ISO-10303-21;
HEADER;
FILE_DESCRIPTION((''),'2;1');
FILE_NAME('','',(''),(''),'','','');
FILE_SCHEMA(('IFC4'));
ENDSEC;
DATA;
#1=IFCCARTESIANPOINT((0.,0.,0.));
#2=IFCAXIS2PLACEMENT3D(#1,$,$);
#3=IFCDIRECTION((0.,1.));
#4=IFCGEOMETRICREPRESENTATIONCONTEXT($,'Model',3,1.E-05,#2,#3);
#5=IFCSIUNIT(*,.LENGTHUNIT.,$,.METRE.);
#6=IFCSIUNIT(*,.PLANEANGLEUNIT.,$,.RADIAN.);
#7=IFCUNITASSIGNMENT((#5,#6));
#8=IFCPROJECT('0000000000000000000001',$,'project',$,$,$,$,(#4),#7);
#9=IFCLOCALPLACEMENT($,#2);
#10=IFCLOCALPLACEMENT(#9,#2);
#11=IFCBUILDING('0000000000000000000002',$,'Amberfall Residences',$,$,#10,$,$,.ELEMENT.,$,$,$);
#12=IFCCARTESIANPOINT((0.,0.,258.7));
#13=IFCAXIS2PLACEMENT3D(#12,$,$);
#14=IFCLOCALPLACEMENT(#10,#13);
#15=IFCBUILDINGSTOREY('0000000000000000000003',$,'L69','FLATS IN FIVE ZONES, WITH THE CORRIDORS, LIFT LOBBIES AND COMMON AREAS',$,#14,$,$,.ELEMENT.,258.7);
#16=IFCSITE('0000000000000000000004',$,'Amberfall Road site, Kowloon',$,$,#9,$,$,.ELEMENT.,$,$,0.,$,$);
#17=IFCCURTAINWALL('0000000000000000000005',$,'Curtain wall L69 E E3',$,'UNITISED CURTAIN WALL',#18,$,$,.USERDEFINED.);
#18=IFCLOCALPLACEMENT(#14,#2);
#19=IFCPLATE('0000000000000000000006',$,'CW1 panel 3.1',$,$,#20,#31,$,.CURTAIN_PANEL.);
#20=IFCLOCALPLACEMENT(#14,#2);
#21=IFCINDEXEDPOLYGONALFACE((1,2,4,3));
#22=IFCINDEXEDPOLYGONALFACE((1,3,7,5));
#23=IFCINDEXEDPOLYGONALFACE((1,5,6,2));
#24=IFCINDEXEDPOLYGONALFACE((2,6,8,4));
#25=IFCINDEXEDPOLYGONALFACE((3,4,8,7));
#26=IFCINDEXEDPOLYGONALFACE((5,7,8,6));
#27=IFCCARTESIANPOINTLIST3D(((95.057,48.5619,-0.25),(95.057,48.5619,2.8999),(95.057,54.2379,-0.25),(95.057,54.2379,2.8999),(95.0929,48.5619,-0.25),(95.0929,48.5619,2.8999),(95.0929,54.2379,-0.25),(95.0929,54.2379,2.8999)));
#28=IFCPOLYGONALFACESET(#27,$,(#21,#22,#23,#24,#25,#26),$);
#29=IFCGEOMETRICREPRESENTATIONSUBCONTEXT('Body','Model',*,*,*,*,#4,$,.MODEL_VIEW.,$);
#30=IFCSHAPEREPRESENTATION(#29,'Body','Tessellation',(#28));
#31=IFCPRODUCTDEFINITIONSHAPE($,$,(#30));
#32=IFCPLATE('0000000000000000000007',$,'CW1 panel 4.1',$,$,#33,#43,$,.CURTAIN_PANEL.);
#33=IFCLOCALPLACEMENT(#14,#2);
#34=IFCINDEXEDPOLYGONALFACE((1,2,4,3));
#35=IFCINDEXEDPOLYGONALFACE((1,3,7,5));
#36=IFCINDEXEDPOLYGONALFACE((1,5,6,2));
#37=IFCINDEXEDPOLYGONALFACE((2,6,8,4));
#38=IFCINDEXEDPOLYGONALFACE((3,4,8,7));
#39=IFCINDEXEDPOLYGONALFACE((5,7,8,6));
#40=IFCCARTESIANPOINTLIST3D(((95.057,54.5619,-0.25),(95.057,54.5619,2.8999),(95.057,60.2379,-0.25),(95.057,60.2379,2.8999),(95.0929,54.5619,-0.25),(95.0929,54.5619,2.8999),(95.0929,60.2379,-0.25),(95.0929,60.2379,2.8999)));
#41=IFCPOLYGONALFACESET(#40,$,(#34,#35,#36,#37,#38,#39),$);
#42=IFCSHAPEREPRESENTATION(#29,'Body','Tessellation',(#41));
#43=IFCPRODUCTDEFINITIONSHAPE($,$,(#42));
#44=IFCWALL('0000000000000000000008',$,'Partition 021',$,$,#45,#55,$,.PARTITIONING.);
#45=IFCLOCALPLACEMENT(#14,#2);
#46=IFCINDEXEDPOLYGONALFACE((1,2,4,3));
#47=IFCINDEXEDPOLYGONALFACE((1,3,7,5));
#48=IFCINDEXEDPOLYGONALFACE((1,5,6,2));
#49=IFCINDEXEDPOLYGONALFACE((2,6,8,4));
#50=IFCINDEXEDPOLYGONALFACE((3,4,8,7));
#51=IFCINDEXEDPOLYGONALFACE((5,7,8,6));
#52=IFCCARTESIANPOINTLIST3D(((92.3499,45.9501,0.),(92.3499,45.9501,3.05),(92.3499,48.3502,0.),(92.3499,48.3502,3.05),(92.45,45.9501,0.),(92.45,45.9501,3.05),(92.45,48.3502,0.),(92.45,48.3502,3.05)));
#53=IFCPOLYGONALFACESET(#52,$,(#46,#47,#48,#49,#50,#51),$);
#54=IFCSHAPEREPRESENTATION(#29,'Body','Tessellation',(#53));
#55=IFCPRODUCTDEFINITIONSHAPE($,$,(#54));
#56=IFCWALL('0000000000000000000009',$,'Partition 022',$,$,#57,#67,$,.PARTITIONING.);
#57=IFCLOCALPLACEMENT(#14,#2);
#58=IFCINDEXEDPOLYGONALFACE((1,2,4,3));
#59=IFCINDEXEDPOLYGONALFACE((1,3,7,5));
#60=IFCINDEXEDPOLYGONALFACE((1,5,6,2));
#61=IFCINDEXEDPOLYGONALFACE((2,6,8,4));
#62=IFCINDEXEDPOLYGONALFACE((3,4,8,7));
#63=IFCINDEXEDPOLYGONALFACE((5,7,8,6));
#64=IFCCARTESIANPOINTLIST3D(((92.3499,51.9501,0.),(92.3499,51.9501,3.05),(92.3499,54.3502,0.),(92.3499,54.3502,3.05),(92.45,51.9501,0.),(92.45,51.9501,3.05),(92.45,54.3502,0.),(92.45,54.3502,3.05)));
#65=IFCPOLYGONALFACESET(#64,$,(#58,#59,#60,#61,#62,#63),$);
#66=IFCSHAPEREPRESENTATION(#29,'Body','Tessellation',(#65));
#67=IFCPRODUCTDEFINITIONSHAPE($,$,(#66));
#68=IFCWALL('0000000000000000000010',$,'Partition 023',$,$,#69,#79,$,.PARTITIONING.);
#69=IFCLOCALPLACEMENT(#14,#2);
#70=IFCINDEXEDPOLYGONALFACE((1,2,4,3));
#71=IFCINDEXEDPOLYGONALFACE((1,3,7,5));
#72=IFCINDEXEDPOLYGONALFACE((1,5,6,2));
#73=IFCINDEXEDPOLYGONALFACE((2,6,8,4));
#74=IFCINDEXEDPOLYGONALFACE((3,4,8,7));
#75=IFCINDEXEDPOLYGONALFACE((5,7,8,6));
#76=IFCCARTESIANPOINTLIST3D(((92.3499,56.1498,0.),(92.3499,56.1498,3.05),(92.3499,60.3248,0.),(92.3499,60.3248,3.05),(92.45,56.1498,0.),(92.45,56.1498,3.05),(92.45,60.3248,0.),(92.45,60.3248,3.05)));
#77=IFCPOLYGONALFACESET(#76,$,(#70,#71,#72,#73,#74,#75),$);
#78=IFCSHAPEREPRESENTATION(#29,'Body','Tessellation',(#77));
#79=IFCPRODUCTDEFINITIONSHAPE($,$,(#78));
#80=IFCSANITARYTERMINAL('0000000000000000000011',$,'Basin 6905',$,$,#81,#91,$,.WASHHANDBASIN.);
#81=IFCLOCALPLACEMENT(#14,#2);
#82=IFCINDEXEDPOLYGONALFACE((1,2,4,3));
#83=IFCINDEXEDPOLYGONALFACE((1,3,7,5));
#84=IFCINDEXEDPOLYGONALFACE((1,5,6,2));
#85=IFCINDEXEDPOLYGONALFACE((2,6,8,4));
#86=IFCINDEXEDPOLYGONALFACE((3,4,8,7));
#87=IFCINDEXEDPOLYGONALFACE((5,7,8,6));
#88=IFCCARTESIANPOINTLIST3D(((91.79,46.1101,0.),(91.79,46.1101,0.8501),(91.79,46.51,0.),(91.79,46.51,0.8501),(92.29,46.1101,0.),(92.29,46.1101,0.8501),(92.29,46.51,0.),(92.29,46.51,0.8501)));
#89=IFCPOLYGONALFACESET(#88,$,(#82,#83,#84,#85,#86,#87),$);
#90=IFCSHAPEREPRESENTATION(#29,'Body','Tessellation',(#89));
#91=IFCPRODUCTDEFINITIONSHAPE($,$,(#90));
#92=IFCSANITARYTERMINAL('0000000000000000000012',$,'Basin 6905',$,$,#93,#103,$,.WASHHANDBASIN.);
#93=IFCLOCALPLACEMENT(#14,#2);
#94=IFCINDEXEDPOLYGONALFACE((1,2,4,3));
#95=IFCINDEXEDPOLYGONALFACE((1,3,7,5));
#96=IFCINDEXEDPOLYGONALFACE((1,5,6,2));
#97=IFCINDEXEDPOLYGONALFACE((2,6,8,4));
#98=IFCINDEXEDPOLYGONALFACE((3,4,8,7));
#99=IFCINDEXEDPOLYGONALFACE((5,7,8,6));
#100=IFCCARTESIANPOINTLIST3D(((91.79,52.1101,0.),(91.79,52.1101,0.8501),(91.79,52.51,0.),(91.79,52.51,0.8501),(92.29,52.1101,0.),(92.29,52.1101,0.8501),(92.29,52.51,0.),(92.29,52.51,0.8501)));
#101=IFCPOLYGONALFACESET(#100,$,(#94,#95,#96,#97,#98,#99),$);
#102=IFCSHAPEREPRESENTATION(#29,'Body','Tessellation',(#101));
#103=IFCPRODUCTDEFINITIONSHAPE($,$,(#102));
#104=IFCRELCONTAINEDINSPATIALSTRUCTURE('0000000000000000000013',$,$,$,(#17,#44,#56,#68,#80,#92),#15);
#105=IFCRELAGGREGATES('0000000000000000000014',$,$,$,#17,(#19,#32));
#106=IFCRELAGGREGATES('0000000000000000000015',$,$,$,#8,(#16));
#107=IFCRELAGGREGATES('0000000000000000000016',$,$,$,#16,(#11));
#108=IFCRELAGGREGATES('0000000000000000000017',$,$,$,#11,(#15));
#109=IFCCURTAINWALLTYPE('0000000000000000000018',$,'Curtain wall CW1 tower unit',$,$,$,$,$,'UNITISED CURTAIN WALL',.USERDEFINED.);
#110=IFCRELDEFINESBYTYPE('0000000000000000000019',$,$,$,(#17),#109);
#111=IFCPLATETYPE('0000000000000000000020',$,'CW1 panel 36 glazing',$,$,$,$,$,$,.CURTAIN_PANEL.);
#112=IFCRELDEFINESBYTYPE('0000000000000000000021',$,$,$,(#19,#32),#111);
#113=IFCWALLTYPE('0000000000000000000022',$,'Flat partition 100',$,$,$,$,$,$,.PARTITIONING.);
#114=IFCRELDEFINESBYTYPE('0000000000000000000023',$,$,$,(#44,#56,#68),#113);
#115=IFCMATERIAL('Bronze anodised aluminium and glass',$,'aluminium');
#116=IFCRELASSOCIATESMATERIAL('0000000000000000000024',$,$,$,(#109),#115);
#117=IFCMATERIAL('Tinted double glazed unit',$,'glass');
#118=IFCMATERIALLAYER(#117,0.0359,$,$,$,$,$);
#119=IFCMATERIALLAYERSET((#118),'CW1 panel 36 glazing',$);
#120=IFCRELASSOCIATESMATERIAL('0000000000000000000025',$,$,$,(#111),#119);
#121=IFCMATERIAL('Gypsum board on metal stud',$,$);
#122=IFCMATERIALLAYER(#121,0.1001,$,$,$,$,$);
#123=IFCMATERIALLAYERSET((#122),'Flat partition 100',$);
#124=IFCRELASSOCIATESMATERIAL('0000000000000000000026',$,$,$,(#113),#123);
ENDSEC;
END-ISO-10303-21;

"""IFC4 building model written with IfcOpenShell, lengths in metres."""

from ifc_helpers import new_model, si_unit, direction, frame, frame_2d, origin, origin_2d, place, context, subcontext, project, spatial, rectangle, extrude, material, layer, layer_set, type_object, element, aggregate, save


model = new_model("IFC4")

# Units and contexts
model_context = context("Model", 3, precision=1e-05, world=origin(), true_north=direction((0.0, 1.0)))
body_context = subcontext(model_context, "Body", "Model", "MODEL_VIEW")
ifc_project = project(units=[si_unit("LENGTHUNIT", "METRE"), si_unit("PLANEANGLEUNIT", "RADIAN")], contexts=[model_context])

# Site, building, storey
site_placement = place(None, origin())
site = spatial("IfcSite", under=ifc_project, at=site_placement, Name="Amberfall Road site, Kowloon", CompositionType="ELEMENT", RefElevation=0.0)
building_placement = place(site_placement, origin())
building = spatial("IfcBuilding", under=site, at=building_placement, Name="Amberfall Residences", CompositionType="ELEMENT")
storey_placement = place(building_placement, frame((0.0, 0.0, 258.7)))
storey = spatial("IfcBuildingStorey", under=building, at=storey_placement, Name="L69", Description="FLATS IN FIVE ZONES, WITH THE CORRIDORS, LIFT LOBBIES AND COMMON AREAS", CompositionType="ELEMENT", Elevation=258.7)

# Curtain wall
ifc_material_1 = material(Name="Bronze anodised aluminium and glass", Category="aluminium")
curtain_wall_type = type_object("IfcCurtainWallType", Name="Curtain wall CW1 tower unit", ElementType="UNITISED CURTAIN WALL", PredefinedType="USERDEFINED", material=ifc_material_1)
curtain_wall_placement = place(storey_placement, origin())
curtain_wall = element("IfcCurtainWall", 1, at=curtain_wall_placement, inside=storey, type_object=curtain_wall_type, Name="Curtain wall L69 E E3", ObjectType="UNITISED CURTAIN WALL", PredefinedType="USERDEFINED")

# Plates
ifc_material_2 = material(Name="Tinted double glazed unit", Category="glass")
ifc_layer_1 = layer(ifc_material_2, 0.0359)
ifc_layer_set_1 = layer_set([ifc_layer_1], Name="CW1 panel 36 glazing")
plate_type = type_object("IfcPlateType", Name="CW1 panel 36 glazing", PredefinedType="CURTAIN_PANEL", material=ifc_layer_set_1)
plate_1_placement = place(storey_placement, frame((95.075, 51.3999, -0.25), z_axis=(0.0, 0.0, 1.0), x_axis=(0.0, 1.0, 0.0)))
plate_1 = element("IfcPlate", 2, at=plate_1_placement, type_object=plate_type, Name="CW1 panel 3.1", PredefinedType="CURTAIN_PANEL", context=body_context, shape_type="SweptSolid", body=[
    extrude(rectangle(XDim=5.676, YDim=0.0359, at=origin_2d()), origin(), (0.0, 0.0, 1.0), 3.1499),
])
plate_2_placement = place(storey_placement, frame((95.075, 57.3999, -0.25), z_axis=(0.0, 0.0, 1.0), x_axis=(0.0, 1.0, 0.0)))
plate_2 = element("IfcPlate", 3, at=plate_2_placement, type_object=plate_type, Name="CW1 panel 4.1", PredefinedType="CURTAIN_PANEL", context=body_context, shape_type="SweptSolid", body=[
    extrude(rectangle(XDim=5.676, YDim=0.0359, at=origin_2d()), origin(), (0.0, 0.0, 1.0), 3.1499),
])
aggregate(curtain_wall, [plate_1, plate_2])

# Walls
ifc_material_3 = material(Name="Gypsum board on metal stud")
ifc_layer_2 = layer(ifc_material_3, 0.1001)
ifc_layer_set_2 = layer_set([ifc_layer_2], Name="Flat partition 100")
wall_type = type_object("IfcWallType", Name="Flat partition 100", PredefinedType="PARTITIONING", material=ifc_layer_set_2)
for number, where, z_axis, x_axis, name in (
    (4, (92.3999, 45.95, 0.0), (0.0, 0.0, 1.0), (0.0, 1.0, 0.0), "Partition 021"),
    (5, (92.3999, 51.95, 0.0), (0.0, 0.0, 1.0), (0.0, 1.0, 0.0), "Partition 022"),
):
    element("IfcWall", number, at=place(storey_placement, frame(where, z_axis=z_axis, x_axis=x_axis)), inside=storey, type_object=wall_type, Name=name, PredefinedType="PARTITIONING", context=body_context, shape_type="SweptSolid", body=[
        extrude(rectangle(XDim=2.4001, YDim=0.1001, at=frame_2d((1.2002, 0.0))), origin(), (0.0, 0.0, 1.0), 3.05),
    ])
wall_placement = place(storey_placement, frame((92.3999, 56.1499, 0.0), z_axis=(0.0, 0.0, 1.0), x_axis=(0.0, 1.0, 0.0)))
element("IfcWall", 6, at=wall_placement, inside=storey, type_object=wall_type, Name="Partition 023", PredefinedType="PARTITIONING", context=body_context, shape_type="SweptSolid", body=[
    extrude(rectangle(XDim=4.175, YDim=0.1001, at=frame_2d((2.0874, 0.0))), origin(), (0.0, 0.0, 1.0), 3.05),
])

# Sanitary terminals
for number, where, z_axis, x_axis, name in (
    (7, (92.04, 46.3101, 0.0), (0.0, 0.0, 1.0), (1.0, 0.0, 0.0), "Basin 6905"),
    (8, (92.04, 52.3101, 0.0), (0.0, 0.0, 1.0), (1.0, 0.0, 0.0), "Basin 6905"),
):
    element("IfcSanitaryTerminal", number, at=place(storey_placement, frame(where, z_axis=z_axis, x_axis=x_axis)), inside=storey, Name=name, PredefinedType="WASHHANDBASIN", context=body_context, shape_type="SweptSolid", body=[
        extrude(rectangle(XDim=0.5, YDim=0.3999, at=origin_2d()), origin(), (0.0, 0.0, 1.0), 0.8501),
    ])

save(model, "model.ifc")
